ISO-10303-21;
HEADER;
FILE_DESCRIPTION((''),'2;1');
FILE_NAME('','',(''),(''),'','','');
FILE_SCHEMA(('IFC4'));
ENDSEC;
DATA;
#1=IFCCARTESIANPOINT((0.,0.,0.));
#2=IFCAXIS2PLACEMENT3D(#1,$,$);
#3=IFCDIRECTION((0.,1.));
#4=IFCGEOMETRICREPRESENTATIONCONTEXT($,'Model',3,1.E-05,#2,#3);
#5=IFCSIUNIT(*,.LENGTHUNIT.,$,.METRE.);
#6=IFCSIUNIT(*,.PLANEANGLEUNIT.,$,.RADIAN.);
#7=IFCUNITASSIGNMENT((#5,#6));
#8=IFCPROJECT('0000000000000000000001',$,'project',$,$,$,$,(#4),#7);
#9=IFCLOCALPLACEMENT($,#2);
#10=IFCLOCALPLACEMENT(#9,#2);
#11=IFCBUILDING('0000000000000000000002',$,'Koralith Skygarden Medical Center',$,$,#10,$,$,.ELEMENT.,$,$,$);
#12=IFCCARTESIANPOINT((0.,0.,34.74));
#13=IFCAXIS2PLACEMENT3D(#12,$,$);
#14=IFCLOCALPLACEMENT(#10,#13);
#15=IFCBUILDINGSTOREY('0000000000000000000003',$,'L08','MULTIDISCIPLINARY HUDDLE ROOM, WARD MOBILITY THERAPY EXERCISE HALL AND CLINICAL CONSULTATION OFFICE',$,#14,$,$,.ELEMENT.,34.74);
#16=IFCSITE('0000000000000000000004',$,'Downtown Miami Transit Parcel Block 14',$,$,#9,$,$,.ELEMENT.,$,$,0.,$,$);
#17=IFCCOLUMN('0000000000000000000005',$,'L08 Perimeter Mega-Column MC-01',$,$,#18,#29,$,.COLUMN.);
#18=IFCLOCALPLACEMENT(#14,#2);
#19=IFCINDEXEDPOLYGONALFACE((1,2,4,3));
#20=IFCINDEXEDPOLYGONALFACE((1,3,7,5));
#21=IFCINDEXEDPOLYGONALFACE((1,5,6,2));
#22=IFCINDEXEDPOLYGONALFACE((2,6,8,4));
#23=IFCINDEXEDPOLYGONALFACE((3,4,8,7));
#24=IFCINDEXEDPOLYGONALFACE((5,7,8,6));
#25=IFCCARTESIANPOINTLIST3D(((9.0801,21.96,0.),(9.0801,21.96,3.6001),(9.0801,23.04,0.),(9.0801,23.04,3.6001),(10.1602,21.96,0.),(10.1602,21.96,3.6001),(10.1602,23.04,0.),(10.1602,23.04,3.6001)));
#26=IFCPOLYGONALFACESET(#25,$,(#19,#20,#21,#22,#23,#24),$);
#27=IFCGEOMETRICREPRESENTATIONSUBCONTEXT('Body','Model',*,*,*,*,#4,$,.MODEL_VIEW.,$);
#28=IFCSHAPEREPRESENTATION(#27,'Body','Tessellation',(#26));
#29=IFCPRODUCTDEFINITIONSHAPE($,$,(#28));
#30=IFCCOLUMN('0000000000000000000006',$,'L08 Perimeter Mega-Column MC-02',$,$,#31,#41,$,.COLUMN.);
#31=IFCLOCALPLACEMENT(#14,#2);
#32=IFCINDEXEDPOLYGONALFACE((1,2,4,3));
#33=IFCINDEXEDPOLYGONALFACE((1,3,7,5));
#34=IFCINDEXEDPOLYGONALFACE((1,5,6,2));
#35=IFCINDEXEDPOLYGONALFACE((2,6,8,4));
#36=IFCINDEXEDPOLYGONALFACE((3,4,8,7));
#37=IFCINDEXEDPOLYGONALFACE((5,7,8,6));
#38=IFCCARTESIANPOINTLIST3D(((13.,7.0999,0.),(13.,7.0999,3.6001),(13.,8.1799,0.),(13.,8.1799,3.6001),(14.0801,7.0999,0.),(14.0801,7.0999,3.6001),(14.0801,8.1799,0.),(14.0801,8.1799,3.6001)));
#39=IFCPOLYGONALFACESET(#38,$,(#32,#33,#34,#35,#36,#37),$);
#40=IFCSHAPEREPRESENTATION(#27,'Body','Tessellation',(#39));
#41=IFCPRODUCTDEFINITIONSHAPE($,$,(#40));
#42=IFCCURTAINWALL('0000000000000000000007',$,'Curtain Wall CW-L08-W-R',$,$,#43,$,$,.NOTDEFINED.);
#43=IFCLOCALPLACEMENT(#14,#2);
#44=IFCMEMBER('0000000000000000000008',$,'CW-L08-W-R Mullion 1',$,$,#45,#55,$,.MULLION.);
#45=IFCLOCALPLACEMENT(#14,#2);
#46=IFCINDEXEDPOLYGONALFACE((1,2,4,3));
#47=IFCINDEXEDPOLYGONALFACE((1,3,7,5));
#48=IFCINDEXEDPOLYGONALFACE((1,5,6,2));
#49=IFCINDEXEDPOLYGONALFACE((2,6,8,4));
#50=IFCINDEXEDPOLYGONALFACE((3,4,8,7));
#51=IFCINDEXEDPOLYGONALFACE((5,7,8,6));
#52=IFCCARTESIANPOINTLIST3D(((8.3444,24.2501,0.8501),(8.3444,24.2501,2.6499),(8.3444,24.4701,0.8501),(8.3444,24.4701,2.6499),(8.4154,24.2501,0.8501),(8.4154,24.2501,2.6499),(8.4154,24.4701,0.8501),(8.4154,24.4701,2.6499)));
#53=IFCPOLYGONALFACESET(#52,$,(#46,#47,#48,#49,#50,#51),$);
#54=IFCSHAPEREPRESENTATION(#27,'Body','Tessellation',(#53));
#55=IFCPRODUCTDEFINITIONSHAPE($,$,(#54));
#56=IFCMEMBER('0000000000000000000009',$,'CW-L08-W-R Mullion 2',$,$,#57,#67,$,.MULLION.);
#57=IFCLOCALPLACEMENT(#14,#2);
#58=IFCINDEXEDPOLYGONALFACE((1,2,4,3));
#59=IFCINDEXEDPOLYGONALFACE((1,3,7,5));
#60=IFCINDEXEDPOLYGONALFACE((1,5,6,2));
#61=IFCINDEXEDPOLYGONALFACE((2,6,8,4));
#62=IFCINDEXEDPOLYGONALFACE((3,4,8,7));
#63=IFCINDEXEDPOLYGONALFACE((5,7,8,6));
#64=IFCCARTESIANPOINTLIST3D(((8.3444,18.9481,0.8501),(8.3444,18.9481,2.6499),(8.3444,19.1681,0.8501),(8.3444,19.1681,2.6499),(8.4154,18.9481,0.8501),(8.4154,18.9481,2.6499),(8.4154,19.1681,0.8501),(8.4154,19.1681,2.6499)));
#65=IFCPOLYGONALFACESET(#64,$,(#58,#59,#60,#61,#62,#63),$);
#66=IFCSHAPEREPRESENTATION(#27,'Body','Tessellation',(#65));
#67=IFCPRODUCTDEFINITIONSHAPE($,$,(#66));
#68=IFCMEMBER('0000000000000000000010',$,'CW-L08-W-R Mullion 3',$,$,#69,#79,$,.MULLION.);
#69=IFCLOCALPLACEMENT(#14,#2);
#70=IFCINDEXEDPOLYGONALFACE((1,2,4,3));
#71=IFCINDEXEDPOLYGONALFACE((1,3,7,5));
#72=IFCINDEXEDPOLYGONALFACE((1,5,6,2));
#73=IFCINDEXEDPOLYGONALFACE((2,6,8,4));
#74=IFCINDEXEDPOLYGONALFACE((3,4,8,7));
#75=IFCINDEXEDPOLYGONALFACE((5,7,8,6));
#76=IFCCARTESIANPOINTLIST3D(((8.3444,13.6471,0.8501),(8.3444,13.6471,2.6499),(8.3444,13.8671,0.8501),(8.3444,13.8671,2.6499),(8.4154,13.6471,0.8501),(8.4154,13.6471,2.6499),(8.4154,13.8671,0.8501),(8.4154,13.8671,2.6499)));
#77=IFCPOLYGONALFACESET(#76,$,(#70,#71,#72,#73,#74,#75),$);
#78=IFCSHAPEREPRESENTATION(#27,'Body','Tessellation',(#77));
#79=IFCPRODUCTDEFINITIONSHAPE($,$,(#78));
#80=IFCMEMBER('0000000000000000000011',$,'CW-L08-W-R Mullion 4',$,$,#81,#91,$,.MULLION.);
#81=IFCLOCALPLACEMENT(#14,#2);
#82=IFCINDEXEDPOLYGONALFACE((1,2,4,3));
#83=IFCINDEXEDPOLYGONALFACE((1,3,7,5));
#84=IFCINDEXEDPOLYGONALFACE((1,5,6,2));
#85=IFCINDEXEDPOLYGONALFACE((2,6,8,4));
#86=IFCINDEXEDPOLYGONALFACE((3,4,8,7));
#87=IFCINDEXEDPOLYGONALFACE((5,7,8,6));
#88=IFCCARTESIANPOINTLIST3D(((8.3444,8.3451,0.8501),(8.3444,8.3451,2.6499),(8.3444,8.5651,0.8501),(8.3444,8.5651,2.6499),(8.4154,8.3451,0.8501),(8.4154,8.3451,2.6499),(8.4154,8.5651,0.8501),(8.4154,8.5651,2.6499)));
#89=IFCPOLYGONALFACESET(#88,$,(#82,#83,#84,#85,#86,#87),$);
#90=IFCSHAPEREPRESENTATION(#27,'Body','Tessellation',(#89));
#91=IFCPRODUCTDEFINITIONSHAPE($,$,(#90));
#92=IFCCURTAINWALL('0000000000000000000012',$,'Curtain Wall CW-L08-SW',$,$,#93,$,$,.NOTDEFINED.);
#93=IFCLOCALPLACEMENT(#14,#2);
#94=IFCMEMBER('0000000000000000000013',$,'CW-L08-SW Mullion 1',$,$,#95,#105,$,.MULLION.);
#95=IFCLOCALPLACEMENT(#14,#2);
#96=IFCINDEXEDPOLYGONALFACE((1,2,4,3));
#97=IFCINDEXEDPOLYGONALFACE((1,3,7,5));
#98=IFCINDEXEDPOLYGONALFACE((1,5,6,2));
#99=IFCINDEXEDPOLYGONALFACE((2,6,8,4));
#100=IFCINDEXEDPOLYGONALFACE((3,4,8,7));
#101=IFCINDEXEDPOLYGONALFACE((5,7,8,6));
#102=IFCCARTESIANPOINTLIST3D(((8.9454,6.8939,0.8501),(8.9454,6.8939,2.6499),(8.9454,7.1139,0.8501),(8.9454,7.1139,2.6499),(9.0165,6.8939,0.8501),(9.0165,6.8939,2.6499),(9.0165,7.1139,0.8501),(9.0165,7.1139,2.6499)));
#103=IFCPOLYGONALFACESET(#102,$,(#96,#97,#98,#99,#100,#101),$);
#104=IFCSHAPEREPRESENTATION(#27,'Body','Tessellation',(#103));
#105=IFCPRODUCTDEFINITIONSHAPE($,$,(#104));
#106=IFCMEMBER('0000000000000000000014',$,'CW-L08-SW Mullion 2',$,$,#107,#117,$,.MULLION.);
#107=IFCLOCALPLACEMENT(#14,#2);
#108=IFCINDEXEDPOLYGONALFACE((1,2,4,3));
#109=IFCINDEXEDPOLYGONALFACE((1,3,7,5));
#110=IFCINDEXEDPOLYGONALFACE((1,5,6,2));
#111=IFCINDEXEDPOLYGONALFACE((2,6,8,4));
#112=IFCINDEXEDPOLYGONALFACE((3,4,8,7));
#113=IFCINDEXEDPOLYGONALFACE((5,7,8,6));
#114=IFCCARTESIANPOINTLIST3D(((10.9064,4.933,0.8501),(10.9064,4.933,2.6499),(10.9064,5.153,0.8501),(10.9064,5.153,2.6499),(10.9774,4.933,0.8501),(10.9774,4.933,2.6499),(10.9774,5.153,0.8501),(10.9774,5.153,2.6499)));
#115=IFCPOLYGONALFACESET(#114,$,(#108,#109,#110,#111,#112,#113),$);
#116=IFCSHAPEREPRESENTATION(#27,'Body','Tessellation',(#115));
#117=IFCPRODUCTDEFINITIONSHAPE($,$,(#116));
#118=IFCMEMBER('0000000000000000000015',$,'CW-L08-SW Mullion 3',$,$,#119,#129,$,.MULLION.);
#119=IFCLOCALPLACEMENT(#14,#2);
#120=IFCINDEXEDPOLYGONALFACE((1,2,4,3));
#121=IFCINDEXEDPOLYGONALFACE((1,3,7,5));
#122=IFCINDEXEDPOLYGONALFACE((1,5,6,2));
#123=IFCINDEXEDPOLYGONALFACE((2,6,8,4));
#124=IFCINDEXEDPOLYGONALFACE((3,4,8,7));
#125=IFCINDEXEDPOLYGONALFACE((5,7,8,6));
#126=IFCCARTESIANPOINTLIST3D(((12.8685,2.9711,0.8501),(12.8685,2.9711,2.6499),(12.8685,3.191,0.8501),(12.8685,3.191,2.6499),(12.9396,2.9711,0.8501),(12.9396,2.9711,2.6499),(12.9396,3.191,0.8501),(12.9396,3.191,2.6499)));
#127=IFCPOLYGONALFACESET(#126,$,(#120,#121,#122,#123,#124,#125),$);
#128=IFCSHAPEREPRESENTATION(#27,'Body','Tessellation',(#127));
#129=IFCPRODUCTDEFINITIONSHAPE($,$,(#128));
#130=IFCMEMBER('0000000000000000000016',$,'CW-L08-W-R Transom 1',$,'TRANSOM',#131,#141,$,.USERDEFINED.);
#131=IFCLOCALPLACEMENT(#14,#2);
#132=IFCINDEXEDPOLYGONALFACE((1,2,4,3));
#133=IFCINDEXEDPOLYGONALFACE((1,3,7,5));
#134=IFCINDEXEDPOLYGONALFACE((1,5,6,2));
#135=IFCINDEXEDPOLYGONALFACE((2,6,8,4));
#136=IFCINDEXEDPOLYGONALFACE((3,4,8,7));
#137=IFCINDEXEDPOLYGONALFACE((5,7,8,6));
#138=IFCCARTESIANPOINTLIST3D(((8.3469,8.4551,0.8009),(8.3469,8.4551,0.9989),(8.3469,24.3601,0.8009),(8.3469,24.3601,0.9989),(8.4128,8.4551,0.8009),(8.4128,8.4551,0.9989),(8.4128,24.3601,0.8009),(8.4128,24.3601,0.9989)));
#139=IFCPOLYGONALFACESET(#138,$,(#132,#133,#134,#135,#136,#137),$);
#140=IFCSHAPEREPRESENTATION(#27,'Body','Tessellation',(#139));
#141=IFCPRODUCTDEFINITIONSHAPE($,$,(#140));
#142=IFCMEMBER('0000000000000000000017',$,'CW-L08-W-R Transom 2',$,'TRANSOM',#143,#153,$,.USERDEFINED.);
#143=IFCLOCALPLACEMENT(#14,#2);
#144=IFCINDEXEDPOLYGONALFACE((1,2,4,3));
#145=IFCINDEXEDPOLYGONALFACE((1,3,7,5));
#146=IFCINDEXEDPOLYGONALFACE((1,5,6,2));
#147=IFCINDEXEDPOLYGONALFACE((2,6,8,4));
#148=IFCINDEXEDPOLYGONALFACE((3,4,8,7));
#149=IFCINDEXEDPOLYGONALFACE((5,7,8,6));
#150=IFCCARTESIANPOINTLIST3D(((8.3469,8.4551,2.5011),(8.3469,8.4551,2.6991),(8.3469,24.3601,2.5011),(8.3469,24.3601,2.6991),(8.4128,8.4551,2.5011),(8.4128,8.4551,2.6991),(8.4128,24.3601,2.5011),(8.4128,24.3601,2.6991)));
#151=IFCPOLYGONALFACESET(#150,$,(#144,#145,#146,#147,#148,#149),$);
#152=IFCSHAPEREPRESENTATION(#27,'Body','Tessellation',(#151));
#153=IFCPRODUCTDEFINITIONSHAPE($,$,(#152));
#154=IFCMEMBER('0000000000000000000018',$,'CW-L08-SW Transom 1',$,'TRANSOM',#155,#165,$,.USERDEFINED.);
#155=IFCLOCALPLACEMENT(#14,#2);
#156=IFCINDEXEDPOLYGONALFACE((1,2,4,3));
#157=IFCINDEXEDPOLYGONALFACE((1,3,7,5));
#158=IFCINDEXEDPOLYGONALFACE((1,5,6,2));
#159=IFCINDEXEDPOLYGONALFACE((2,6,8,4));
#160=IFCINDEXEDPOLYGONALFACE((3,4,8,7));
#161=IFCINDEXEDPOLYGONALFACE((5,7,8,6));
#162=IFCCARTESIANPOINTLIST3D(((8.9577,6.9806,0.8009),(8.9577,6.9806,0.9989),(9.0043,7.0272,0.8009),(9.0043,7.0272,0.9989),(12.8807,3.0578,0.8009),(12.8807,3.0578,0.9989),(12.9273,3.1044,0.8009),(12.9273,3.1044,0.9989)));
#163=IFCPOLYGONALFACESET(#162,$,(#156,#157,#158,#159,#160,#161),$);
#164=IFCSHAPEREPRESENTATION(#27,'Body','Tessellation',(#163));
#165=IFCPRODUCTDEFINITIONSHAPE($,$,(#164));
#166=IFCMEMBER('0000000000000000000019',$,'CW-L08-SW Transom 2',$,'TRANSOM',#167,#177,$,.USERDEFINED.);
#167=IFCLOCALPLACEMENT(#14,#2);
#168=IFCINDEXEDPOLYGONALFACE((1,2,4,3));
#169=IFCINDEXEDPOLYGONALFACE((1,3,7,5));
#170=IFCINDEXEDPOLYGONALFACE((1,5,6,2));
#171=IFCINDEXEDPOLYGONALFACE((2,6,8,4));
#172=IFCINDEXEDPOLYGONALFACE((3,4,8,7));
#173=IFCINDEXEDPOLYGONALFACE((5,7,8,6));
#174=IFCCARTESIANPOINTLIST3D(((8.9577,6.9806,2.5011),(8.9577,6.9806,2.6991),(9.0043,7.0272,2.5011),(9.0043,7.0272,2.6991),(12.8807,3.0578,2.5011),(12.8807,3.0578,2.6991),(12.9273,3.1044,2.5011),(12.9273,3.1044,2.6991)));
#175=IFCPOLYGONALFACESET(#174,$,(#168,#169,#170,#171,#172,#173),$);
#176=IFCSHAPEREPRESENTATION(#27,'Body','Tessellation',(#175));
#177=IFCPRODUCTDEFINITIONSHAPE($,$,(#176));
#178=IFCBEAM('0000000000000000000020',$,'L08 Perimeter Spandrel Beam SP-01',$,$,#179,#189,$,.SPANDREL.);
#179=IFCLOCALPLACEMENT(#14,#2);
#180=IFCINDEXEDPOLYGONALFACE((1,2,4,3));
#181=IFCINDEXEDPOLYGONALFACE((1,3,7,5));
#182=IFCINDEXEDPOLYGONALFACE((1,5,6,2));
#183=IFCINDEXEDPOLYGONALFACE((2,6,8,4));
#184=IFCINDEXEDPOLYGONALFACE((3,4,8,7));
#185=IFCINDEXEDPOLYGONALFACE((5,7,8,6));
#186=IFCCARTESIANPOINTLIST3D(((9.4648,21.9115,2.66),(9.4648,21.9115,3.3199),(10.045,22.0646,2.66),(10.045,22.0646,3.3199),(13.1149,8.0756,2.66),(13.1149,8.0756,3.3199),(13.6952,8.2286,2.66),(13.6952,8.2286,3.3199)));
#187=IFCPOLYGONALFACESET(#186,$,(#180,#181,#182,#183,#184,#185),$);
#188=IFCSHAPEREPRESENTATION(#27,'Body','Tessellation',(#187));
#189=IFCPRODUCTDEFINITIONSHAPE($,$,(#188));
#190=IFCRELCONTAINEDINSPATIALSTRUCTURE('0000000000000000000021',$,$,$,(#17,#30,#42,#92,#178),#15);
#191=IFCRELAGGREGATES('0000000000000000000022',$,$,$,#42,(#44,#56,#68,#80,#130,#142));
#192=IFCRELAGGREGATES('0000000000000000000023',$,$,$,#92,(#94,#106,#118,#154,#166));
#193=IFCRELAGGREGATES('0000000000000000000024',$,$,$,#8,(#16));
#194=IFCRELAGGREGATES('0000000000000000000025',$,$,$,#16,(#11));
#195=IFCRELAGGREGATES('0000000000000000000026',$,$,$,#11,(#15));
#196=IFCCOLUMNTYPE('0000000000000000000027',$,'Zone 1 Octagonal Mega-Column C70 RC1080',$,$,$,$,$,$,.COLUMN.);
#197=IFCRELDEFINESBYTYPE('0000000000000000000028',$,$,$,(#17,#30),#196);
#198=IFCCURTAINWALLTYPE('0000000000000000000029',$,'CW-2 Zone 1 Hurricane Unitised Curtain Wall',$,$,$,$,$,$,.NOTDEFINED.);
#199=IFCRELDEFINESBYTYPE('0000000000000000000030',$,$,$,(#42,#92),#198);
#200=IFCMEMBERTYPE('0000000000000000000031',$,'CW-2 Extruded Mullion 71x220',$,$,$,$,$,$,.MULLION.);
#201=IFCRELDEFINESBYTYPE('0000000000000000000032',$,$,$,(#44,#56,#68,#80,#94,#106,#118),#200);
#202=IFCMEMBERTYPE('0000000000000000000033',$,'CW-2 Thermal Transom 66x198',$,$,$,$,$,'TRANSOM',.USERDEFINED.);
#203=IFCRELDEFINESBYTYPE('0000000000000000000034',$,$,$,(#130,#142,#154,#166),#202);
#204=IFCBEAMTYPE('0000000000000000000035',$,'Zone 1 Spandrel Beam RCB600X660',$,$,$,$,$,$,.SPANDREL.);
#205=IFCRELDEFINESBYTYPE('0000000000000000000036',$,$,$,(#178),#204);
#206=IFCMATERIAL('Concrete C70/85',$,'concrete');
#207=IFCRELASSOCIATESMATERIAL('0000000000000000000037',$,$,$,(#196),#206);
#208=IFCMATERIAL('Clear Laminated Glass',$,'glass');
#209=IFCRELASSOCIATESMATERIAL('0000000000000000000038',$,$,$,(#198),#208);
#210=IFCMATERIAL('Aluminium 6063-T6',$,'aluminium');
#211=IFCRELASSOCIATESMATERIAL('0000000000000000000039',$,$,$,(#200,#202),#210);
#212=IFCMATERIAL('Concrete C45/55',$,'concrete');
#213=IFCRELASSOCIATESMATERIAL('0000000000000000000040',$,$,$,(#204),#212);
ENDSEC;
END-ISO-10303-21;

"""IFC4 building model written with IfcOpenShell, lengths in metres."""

from ifc_helpers import new_model, si_unit, direction, frame, origin, origin_2d, place, context, subcontext, project, spatial, rectangle, extrude, material, material_profile, profile_set, type_object, element, aggregate, save


model = new_model("IFC4")

# Units and contexts
model_context = context("Model", 3, precision=1e-05, world=origin(), true_north=direction((0.0, 1.0)))
body_context = subcontext(model_context, "Body", "Model", "MODEL_VIEW")
ifc_project = project(units=[si_unit("LENGTHUNIT", "METRE"), si_unit("PLANEANGLEUNIT", "RADIAN")], contexts=[model_context])

# Site, building, storey
site_placement = place(None, origin())
site = spatial("IfcSite", under=ifc_project, at=site_placement, Name="Downtown Miami Transit Parcel Block 14", CompositionType="ELEMENT", RefElevation=0.0)
building_placement = place(site_placement, origin())
building = spatial("IfcBuilding", under=site, at=building_placement, Name="Koralith Skygarden Medical Center", CompositionType="ELEMENT")
storey_placement = place(building_placement, frame((0.0, 0.0, 34.74)))
storey = spatial("IfcBuildingStorey", under=building, at=storey_placement, Name="L08", Description="MULTIDISCIPLINARY HUDDLE ROOM, WARD MOBILITY THERAPY EXERCISE HALL AND CLINICAL CONSULTATION OFFICE", CompositionType="ELEMENT", Elevation=34.74)

# Columns
ifc_material_1 = material(Name="Concrete C70/85", Category="concrete")
ifc_material_profile_1 = material_profile(ifc_material_1, rectangle(XDim=1.0801, YDim=1.0801, at=origin_2d()), Name="RC1080X1080")
ifc_profile_set_1 = profile_set([ifc_material_profile_1], Name="Concrete C70/85")
column_type = type_object("IfcColumnType", Name="Zone 1 Octagonal Mega-Column C70 RC1080", PredefinedType="COLUMN", material=ifc_profile_set_1)
for number, where, z_axis, x_axis, name in (
    (1, (9.6201, 22.5, 0.0), (0.0, 0.0, 1.0), (1.0, 0.0, 0.0), "L08 Perimeter Mega-Column MC-01"),
    (2, (13.54, 7.6399, 0.0), (0.0, 0.0, 1.0), (1.0, 0.0, 0.0), "L08 Perimeter Mega-Column MC-02"),
):
    element("IfcColumn", number, at=place(storey_placement, frame(where, z_axis=z_axis, x_axis=x_axis)), inside=storey, type_object=column_type, Name=name, PredefinedType="COLUMN", context=body_context, shape_type="SweptSolid", body=[
        extrude(rectangle(XDim=1.0801, YDim=1.0801, at=origin_2d()), origin(), (0.0, 0.0, 1.0), 3.6001),
    ])

# Curtain walls, members
ifc_material_2 = material(Name="Clear Laminated Glass", Category="glass")
curtain_wall_type = type_object("IfcCurtainWallType", Name="CW-2 Zone 1 Hurricane Unitised Curtain Wall", PredefinedType="NOTDEFINED", material=ifc_material_2)
curtain_wall_1_placement = place(storey_placement, origin())
curtain_wall_1 = element("IfcCurtainWall", 3, at=curtain_wall_1_placement, inside=storey, type_object=curtain_wall_type, Name="Curtain Wall CW-L08-W-R", PredefinedType="NOTDEFINED")
ifc_material_3 = material(Name="Aluminium 6063-T6", Category="aluminium")
ifc_material_profile_2 = material_profile(ifc_material_3, rectangle(XDim=0.071, YDim=0.22, at=origin_2d()), Name="MUL71X220")
ifc_profile_set_2 = profile_set([ifc_material_profile_2], Name="Aluminium 6063-T6")
member_type_1 = type_object("IfcMemberType", Name="CW-2 Extruded Mullion 71x220", PredefinedType="MULLION", material=ifc_profile_set_2)
member_1_placement = place(storey_placement, frame((8.3799, 24.3601, 0.8501), z_axis=(0.0, 0.0, 1.0), x_axis=(1.0, 0.0, 0.0)))
member_1 = element("IfcMember", 4, at=member_1_placement, type_object=member_type_1, Name="CW-L08-W-R Mullion 1", PredefinedType="MULLION", context=body_context, shape_type="SweptSolid", body=[
    extrude(rectangle(XDim=0.071, YDim=0.22, at=origin_2d()), origin(), (0.0, 0.0, 1.0), 1.7998),
])
member_2_placement = place(storey_placement, frame((8.3799, 19.0581, 0.8501), z_axis=(0.0, 0.0, 1.0), x_axis=(1.0, 0.0, 0.0)))
member_2 = element("IfcMember", 5, at=member_2_placement, type_object=member_type_1, Name="CW-L08-W-R Mullion 2", PredefinedType="MULLION", context=body_context, shape_type="SweptSolid", body=[
    extrude(rectangle(XDim=0.071, YDim=0.22, at=origin_2d()), origin(), (0.0, 0.0, 1.0), 1.7998),
])
member_3_placement = place(storey_placement, frame((8.3799, 13.7571, 0.8501), z_axis=(0.0, 0.0, 1.0), x_axis=(1.0, 0.0, 0.0)))
member_3 = element("IfcMember", 6, at=member_3_placement, type_object=member_type_1, Name="CW-L08-W-R Mullion 3", PredefinedType="MULLION", context=body_context, shape_type="SweptSolid", body=[
    extrude(rectangle(XDim=0.071, YDim=0.22, at=origin_2d()), origin(), (0.0, 0.0, 1.0), 1.7998),
])
member_4_placement = place(storey_placement, frame((8.3799, 8.4551, 0.8501), z_axis=(0.0, 0.0, 1.0), x_axis=(1.0, 0.0, 0.0)))
member_4 = element("IfcMember", 7, at=member_4_placement, type_object=member_type_1, Name="CW-L08-W-R Mullion 4", PredefinedType="MULLION", context=body_context, shape_type="SweptSolid", body=[
    extrude(rectangle(XDim=0.071, YDim=0.22, at=origin_2d()), origin(), (0.0, 0.0, 1.0), 1.7998),
])
curtain_wall_2_placement = place(storey_placement, origin())
curtain_wall_2 = element("IfcCurtainWall", 8, at=curtain_wall_2_placement, inside=storey, type_object=curtain_wall_type, Name="Curtain Wall CW-L08-SW", PredefinedType="NOTDEFINED")
member_5_placement = place(storey_placement, frame((8.981, 7.0039, 0.8501), z_axis=(0.0, 0.0, 1.0), x_axis=(1.0, 0.0, 0.0)))
member_5 = element("IfcMember", 9, at=member_5_placement, type_object=member_type_1, Name="CW-L08-SW Mullion 1", PredefinedType="MULLION", context=body_context, shape_type="SweptSolid", body=[
    extrude(rectangle(XDim=0.071, YDim=0.22, at=origin_2d()), origin(), (0.0, 0.0, 1.0), 1.7998),
])
member_6_placement = place(storey_placement, frame((10.9419, 5.043, 0.8501), z_axis=(0.0, 0.0, 1.0), x_axis=(1.0, 0.0, 0.0)))
member_6 = element("IfcMember", 10, at=member_6_placement, type_object=member_type_1, Name="CW-L08-SW Mullion 2", PredefinedType="MULLION", context=body_context, shape_type="SweptSolid", body=[
    extrude(rectangle(XDim=0.071, YDim=0.22, at=origin_2d()), origin(), (0.0, 0.0, 1.0), 1.7998),
])
member_7_placement = place(storey_placement, frame((12.9041, 3.0811, 0.8501), z_axis=(0.0, 0.0, 1.0), x_axis=(1.0, 0.0, 0.0)))
member_7 = element("IfcMember", 11, at=member_7_placement, type_object=member_type_1, Name="CW-L08-SW Mullion 3", PredefinedType="MULLION", context=body_context, shape_type="SweptSolid", body=[
    extrude(rectangle(XDim=0.071, YDim=0.22, at=origin_2d()), origin(), (0.0, 0.0, 1.0), 1.7998),
])

# Members
ifc_material_profile_3 = material_profile(ifc_material_3, rectangle(XDim=0.0659, YDim=0.198, at=origin_2d()), Name="TRN66X198")
ifc_profile_set_3 = profile_set([ifc_material_profile_3], Name="Aluminium 6063-T6")
member_type_2 = type_object("IfcMemberType", Name="CW-2 Thermal Transom 66x198", ElementType="TRANSOM", PredefinedType="USERDEFINED", material=ifc_profile_set_3)
member_8_placement = place(storey_placement, frame((8.3799, 24.3601, 0.8999), z_axis=(0.0, -1.0, 0.0), x_axis=(1.0, 0.0, 0.0)))
member_8 = element("IfcMember", 12, at=member_8_placement, type_object=member_type_2, Name="CW-L08-W-R Transom 1", ObjectType="TRANSOM", PredefinedType="USERDEFINED", context=body_context, shape_type="SweptSolid", body=[
    extrude(rectangle(XDim=0.0659, YDim=0.198, at=origin_2d()), origin(), (0.0, 0.0, 1.0), 15.905),
])
member_9_placement = place(storey_placement, frame((8.3799, 24.3601, 2.6001), z_axis=(0.0, -1.0, 0.0), x_axis=(1.0, 0.0, 0.0)))
member_9 = element("IfcMember", 13, at=member_9_placement, type_object=member_type_2, Name="CW-L08-W-R Transom 2", ObjectType="TRANSOM", PredefinedType="USERDEFINED", context=body_context, shape_type="SweptSolid", body=[
    extrude(rectangle(XDim=0.0659, YDim=0.198, at=origin_2d()), origin(), (0.0, 0.0, 1.0), 15.905),
])
member_10_placement = place(storey_placement, frame((8.981, 7.0039, 0.8999), z_axis=(0.707129, -0.707085, 0.0), x_axis=(0.707085, 0.707129, 0.0)))
member_10 = element("IfcMember", 14, at=member_10_placement, type_object=member_type_2, Name="CW-L08-SW Transom 1", ObjectType="TRANSOM", PredefinedType="USERDEFINED", context=body_context, shape_type="SweptSolid", body=[
    extrude(rectangle(XDim=0.0659, YDim=0.198, at=origin_2d()), origin(), (0.0, 0.0, 1.0), 5.5479),
])
member_11_placement = place(storey_placement, frame((8.981, 7.0039, 2.6001), z_axis=(0.707129, -0.707085, 0.0), x_axis=(0.707085, 0.707129, 0.0)))
member_11 = element("IfcMember", 15, at=member_11_placement, type_object=member_type_2, Name="CW-L08-SW Transom 2", ObjectType="TRANSOM", PredefinedType="USERDEFINED", context=body_context, shape_type="SweptSolid", body=[
    extrude(rectangle(XDim=0.0659, YDim=0.198, at=origin_2d()), origin(), (0.0, 0.0, 1.0), 5.5479),
])

# Beam
ifc_material_4 = material(Name="Concrete C45/55", Category="concrete")
ifc_material_profile_4 = material_profile(ifc_material_4, rectangle(XDim=0.6001, YDim=0.6599, at=origin_2d()), Name="RCB600X660")
ifc_profile_set_4 = profile_set([ifc_material_profile_4], Name="Concrete C45/55")
beam_type = type_object("IfcBeamType", Name="Zone 1 Spandrel Beam RCB600X660", PredefinedType="SPANDREL", material=ifc_profile_set_4)
beam_1_placement = place(storey_placement, frame((9.7549, 21.988, 2.99), z_axis=(0.255089, -0.966918, 0.0), x_axis=(0.966918, 0.255089, 0.0)))
element("IfcBeam", 16, at=beam_1_placement, inside=storey, type_object=beam_type, Name="L08 Perimeter Spandrel Beam SP-01", PredefinedType="SPANDREL", context=body_context, shape_type="SweptSolid", body=[
    extrude(rectangle(XDim=0.6001, YDim=0.6599, at=origin_2d()), origin(), (0.0, 0.0, 1.0), 14.3093),
])

aggregate(curtain_wall_1, [member_1, member_2, member_3, member_4, member_8, member_9])
aggregate(curtain_wall_2, [member_5, member_6, member_7, member_10, member_11])

save(model, "model.ifc")
